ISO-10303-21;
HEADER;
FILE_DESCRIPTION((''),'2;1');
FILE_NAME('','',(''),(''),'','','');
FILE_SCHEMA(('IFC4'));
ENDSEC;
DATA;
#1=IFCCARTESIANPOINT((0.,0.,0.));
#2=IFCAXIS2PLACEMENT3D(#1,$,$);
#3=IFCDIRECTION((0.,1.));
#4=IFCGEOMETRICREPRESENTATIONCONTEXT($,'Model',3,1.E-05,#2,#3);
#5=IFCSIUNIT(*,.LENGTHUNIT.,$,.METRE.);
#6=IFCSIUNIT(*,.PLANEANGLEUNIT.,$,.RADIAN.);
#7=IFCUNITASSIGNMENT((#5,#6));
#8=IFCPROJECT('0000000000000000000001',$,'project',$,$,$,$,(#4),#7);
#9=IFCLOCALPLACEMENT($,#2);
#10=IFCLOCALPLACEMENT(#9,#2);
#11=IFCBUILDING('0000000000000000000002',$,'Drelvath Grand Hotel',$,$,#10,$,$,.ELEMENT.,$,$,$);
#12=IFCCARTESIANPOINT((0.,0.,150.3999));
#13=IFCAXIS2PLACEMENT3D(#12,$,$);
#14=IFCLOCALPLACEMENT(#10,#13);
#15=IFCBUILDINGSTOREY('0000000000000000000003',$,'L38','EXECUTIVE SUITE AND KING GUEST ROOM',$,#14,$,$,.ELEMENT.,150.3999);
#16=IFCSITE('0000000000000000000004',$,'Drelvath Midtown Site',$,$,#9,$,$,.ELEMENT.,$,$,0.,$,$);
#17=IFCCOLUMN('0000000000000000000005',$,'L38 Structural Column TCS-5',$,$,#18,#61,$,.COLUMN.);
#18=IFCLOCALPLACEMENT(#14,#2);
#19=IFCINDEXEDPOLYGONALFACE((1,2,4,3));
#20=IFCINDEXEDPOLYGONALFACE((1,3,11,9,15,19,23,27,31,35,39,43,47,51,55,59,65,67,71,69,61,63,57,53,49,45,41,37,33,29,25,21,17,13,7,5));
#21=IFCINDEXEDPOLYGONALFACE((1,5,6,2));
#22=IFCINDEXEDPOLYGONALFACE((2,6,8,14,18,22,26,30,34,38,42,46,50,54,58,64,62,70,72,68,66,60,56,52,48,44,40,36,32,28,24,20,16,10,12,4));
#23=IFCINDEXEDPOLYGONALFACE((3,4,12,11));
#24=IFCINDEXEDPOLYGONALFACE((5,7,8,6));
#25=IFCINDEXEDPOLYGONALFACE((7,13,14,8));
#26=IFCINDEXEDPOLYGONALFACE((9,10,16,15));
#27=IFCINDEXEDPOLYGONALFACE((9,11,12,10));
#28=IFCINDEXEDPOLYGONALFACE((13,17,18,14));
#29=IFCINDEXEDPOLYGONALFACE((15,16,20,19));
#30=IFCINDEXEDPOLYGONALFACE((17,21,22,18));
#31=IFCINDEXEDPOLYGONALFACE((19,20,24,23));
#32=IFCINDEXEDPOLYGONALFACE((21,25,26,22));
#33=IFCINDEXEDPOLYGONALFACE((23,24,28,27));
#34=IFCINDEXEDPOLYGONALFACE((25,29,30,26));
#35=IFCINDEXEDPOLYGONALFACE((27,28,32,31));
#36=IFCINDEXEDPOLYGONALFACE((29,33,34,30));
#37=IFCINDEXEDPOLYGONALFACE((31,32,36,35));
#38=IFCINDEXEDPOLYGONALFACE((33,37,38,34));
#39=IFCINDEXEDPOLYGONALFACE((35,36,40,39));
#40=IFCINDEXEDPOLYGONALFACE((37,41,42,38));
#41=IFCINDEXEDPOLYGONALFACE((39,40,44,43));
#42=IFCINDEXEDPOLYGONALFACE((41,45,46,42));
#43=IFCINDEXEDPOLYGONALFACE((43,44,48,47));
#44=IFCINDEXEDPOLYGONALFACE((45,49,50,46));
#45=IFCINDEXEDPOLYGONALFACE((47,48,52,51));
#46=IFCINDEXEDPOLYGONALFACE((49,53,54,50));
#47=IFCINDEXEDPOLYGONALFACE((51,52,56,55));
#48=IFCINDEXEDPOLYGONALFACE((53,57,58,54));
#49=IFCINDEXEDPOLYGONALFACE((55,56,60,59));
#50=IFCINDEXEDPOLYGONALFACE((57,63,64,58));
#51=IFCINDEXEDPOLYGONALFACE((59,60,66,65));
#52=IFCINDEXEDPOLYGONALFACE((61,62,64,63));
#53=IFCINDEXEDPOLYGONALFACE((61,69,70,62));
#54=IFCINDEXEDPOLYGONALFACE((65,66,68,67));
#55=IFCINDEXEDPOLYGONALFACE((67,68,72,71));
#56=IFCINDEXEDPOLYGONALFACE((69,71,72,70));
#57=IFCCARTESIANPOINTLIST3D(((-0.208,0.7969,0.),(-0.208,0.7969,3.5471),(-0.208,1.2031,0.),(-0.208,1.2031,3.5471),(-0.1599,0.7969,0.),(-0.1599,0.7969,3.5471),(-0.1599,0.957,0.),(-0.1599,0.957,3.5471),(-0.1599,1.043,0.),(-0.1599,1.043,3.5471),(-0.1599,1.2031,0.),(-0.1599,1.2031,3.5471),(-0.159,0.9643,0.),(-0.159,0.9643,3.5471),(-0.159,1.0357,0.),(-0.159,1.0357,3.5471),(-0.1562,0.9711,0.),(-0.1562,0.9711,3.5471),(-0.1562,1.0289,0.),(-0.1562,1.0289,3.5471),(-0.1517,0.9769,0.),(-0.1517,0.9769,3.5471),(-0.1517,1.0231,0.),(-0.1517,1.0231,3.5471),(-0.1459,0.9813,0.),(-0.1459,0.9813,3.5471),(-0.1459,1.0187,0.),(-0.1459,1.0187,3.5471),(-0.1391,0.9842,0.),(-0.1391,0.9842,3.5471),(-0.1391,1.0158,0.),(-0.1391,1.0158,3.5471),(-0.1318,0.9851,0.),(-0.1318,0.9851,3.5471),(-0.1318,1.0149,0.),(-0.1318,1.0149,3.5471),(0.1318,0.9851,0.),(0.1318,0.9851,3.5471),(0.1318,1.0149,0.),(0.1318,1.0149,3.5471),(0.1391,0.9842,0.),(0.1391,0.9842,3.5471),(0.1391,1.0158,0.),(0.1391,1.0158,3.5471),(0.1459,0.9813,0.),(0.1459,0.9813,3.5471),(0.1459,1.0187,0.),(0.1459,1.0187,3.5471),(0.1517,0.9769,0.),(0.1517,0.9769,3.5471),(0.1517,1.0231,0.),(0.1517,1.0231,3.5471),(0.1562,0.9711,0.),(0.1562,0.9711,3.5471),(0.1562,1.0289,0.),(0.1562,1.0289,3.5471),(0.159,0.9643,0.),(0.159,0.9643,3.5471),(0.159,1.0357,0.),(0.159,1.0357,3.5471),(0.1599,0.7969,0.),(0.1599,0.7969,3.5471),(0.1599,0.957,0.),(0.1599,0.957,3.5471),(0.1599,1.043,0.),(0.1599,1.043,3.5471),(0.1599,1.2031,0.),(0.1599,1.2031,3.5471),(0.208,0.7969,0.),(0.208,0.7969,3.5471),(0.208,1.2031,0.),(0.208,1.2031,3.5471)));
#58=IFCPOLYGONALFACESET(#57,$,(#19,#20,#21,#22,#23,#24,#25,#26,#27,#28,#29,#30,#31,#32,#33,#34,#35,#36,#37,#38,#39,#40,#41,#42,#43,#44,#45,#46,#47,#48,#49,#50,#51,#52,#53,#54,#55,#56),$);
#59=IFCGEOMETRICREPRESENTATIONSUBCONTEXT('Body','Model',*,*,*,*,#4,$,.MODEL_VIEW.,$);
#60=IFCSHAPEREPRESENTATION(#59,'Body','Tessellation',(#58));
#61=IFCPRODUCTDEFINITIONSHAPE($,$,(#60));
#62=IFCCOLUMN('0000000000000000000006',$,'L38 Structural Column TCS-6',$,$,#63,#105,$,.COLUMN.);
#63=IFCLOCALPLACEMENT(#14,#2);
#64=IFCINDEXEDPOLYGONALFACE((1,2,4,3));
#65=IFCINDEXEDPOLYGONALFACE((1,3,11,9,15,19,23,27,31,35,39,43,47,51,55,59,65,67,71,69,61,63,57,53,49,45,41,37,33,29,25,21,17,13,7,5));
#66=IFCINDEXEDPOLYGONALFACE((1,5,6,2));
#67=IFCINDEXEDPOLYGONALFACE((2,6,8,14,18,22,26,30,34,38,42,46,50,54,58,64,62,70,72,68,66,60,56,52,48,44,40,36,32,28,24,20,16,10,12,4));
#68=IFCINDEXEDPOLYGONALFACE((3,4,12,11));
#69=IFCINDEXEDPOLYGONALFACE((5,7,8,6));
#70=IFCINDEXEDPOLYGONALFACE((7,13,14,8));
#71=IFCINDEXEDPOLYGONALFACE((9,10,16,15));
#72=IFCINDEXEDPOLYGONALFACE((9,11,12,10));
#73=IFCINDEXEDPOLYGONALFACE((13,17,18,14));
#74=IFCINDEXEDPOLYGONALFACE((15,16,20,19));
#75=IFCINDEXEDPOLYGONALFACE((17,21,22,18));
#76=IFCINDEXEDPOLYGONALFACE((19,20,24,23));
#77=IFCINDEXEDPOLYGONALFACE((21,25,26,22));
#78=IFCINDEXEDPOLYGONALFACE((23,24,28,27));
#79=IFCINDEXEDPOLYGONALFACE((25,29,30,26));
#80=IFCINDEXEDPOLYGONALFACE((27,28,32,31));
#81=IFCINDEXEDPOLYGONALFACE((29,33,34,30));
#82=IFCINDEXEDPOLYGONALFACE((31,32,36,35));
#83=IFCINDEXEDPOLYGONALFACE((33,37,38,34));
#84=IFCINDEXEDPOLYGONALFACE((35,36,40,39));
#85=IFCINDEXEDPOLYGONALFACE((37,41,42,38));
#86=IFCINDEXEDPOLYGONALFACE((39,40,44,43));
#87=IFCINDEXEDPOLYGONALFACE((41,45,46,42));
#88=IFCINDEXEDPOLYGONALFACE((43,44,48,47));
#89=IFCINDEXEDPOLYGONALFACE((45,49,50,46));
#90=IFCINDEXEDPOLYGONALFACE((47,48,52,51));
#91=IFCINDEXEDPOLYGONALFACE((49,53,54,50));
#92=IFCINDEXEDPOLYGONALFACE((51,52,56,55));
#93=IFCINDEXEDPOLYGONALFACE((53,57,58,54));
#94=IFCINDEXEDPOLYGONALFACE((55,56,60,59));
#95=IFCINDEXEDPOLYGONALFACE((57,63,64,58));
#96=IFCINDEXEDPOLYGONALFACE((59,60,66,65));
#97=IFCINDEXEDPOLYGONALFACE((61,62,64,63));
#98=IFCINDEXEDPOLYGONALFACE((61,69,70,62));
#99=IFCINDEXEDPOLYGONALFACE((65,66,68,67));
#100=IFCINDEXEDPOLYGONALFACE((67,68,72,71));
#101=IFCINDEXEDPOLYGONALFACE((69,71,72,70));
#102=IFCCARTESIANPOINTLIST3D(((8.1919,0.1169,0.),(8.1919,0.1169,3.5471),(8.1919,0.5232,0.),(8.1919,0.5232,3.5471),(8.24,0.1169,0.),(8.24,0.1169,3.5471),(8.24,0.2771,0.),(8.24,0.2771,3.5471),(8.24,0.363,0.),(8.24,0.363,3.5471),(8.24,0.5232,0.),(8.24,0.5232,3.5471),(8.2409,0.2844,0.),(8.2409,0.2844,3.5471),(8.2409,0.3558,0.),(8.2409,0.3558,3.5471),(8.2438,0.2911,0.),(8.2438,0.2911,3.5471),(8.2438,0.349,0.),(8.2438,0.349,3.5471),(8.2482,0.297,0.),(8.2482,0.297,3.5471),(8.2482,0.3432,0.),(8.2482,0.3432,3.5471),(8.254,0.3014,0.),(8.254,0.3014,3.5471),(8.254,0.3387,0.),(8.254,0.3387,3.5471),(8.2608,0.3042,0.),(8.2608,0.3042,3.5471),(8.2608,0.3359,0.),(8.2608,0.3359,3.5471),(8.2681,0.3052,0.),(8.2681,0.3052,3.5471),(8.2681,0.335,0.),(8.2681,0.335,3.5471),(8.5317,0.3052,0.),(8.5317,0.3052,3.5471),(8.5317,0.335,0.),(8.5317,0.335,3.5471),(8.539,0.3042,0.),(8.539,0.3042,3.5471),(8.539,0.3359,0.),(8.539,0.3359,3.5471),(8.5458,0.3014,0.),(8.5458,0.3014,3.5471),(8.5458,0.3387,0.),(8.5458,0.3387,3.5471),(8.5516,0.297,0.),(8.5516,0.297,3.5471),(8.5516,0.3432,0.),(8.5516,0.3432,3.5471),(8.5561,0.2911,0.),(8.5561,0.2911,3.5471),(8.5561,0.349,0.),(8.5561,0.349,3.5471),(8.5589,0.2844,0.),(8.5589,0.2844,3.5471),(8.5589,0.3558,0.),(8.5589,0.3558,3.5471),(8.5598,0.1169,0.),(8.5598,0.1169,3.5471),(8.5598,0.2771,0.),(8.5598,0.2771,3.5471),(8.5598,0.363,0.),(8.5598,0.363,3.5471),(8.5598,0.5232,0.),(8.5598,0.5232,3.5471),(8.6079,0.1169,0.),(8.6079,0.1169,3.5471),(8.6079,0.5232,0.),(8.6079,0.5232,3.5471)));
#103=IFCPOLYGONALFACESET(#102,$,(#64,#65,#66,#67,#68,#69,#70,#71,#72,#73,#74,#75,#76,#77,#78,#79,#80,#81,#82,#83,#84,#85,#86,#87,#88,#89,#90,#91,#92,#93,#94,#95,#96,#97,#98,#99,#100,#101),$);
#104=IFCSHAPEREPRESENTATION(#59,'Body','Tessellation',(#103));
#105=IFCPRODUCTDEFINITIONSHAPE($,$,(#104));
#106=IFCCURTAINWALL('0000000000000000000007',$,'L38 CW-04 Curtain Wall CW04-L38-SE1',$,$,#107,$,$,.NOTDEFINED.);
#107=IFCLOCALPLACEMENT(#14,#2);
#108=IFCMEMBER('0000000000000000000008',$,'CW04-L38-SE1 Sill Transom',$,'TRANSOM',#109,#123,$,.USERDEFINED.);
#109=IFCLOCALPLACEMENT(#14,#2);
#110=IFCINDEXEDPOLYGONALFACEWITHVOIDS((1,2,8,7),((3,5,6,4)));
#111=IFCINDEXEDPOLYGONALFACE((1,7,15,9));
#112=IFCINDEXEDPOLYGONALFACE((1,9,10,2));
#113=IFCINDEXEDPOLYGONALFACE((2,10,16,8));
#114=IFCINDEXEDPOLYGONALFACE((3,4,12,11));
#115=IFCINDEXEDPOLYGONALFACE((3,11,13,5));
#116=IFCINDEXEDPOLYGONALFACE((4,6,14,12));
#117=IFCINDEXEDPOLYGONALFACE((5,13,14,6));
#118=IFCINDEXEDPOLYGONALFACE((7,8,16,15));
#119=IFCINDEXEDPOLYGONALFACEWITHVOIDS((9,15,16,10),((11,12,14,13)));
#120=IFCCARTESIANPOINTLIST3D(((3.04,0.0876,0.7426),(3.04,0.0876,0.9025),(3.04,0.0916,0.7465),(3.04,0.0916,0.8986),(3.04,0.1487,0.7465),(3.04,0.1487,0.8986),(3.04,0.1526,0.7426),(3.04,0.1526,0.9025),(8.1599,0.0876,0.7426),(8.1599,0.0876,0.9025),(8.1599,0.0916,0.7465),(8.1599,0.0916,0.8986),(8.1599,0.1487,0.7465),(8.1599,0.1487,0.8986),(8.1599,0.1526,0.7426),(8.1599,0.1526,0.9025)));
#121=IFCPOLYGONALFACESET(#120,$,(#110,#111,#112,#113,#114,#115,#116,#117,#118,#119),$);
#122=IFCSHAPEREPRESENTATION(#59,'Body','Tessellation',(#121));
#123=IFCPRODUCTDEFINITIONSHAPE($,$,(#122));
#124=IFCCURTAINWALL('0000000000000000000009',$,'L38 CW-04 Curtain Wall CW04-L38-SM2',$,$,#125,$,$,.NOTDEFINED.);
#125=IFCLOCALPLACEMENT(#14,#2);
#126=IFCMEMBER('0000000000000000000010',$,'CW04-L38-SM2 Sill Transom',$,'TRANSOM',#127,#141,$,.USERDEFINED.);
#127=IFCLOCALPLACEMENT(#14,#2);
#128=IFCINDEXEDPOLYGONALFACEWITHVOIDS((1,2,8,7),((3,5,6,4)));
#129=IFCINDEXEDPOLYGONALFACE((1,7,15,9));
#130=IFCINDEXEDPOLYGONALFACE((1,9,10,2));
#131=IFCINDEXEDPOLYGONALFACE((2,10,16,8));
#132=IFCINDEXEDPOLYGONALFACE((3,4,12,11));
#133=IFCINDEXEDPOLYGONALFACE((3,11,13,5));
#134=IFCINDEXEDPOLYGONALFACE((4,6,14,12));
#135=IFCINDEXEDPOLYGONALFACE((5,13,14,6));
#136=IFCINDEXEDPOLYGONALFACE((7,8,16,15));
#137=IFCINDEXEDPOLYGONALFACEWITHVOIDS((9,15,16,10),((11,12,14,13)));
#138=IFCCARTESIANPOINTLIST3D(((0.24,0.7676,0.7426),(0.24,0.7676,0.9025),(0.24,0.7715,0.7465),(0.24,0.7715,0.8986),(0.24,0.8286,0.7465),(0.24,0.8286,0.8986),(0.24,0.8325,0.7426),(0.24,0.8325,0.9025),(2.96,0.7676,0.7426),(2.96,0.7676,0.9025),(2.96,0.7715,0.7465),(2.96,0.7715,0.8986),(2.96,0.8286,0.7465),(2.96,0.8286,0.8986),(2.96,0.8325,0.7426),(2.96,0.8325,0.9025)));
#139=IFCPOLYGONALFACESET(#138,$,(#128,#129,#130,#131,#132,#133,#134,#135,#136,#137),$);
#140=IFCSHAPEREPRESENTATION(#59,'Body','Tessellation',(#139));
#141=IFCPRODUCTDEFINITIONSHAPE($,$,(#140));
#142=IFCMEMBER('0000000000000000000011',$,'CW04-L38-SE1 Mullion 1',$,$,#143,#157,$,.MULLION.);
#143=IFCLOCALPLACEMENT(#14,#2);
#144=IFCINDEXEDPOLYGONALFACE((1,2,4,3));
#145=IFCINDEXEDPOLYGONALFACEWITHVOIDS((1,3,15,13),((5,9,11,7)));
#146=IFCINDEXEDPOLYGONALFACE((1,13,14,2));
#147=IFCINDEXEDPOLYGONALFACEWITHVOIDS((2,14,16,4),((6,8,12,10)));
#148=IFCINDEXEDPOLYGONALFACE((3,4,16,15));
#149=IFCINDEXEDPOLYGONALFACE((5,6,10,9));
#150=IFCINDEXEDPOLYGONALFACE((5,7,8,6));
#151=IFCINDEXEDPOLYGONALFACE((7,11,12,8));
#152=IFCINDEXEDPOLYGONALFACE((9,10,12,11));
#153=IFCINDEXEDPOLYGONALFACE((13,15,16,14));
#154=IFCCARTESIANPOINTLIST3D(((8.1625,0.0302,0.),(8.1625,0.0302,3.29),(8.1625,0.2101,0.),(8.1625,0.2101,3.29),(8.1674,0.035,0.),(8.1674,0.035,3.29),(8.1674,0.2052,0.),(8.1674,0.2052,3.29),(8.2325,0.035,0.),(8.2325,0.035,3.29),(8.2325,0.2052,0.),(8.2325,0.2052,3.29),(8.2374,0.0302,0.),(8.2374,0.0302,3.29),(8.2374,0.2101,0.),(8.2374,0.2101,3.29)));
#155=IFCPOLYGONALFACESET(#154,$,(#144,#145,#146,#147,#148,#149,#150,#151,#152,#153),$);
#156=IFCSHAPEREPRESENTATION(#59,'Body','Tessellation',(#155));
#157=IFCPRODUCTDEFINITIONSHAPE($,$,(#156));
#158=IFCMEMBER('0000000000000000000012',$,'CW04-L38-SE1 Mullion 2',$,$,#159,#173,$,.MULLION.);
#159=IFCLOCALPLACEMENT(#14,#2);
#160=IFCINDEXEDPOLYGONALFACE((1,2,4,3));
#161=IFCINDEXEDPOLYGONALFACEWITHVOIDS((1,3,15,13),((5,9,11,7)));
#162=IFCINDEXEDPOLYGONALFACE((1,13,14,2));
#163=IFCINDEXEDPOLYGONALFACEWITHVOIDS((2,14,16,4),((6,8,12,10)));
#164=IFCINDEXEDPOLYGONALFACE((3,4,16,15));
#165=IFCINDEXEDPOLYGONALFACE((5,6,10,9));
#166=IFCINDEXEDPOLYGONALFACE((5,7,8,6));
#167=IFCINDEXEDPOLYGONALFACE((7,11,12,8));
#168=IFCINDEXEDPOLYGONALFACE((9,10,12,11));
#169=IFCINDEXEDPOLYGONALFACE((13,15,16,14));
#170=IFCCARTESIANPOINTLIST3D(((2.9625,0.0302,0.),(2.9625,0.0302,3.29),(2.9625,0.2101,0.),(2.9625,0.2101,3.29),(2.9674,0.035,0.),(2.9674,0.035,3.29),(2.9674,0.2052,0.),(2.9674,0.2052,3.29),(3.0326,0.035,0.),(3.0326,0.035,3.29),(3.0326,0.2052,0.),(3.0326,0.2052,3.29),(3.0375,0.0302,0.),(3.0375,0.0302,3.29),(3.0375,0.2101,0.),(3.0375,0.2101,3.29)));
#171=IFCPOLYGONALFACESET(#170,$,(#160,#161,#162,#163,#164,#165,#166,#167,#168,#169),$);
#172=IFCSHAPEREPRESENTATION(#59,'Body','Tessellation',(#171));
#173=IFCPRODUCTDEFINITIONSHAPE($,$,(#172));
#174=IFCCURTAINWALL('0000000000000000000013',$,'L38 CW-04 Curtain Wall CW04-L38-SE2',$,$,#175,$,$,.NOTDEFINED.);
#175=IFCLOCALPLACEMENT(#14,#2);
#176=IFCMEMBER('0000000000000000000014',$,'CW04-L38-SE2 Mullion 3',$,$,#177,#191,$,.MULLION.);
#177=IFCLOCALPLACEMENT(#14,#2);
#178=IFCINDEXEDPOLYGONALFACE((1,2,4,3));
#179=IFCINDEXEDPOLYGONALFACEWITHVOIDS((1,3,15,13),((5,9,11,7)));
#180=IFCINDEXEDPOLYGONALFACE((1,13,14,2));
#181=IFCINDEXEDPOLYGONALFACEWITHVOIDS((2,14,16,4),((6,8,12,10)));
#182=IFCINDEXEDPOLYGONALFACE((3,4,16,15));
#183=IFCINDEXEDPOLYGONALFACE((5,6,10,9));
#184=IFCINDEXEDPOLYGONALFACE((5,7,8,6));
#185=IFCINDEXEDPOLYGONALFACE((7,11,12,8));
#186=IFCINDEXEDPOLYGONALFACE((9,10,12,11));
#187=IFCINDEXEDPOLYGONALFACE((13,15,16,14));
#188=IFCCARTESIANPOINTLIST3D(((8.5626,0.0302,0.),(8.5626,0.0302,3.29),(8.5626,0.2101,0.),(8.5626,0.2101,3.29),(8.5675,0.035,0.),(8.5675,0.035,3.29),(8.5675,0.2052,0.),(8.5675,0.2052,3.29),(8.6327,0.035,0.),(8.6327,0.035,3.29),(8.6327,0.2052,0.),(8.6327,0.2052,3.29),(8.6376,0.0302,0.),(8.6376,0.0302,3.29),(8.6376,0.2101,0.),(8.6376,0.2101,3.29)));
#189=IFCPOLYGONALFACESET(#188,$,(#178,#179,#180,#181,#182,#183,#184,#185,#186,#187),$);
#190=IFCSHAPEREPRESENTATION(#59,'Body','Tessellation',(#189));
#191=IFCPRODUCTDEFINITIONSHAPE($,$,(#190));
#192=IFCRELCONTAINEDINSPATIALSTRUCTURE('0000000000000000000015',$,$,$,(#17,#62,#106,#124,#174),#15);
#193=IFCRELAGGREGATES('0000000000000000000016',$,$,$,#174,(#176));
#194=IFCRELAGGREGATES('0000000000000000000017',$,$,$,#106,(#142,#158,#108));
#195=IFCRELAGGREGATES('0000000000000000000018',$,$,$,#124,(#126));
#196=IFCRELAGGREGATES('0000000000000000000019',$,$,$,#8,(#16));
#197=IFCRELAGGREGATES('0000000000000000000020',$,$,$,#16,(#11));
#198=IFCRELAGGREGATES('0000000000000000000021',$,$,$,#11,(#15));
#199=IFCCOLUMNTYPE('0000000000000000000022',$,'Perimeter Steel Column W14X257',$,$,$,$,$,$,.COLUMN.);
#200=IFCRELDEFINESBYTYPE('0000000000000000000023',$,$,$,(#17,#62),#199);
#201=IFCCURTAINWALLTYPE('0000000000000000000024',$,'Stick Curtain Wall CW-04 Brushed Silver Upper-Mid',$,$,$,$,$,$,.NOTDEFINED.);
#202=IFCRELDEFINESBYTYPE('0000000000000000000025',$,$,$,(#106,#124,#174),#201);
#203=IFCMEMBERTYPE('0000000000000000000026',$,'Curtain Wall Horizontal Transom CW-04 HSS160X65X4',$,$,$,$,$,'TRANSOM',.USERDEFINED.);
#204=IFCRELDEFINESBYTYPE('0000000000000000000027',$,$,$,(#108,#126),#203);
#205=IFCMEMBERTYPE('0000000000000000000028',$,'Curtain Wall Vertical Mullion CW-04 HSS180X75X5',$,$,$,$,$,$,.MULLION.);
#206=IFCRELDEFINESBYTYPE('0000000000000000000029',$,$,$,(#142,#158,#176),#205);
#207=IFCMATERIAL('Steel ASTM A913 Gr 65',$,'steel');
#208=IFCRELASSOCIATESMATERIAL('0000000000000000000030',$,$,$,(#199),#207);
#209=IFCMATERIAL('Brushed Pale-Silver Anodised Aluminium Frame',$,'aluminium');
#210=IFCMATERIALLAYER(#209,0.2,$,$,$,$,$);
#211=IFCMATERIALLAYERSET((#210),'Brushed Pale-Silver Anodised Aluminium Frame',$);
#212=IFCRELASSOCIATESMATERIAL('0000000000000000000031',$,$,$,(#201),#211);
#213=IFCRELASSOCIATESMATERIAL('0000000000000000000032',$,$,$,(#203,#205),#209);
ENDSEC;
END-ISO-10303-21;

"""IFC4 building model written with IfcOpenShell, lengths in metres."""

from ifc_helpers import new_model, si_unit, direction, frame, origin, origin_2d, place, context, subcontext, project, spatial, hollow_rectangle, i_section, extrude, material, layer, layer_set, material_profile, profile_set, type_object, element, aggregate, save


model = new_model("IFC4")

# Units and contexts
model_context = context("Model", 3, precision=1e-05, world=origin(), true_north=direction((0.0, 1.0)))
body_context = subcontext(model_context, "Body", "Model", "MODEL_VIEW")
ifc_project = project(units=[si_unit("LENGTHUNIT", "METRE"), si_unit("PLANEANGLEUNIT", "RADIAN")], contexts=[model_context])

# Site, building, storey
site_placement = place(None, origin())
site = spatial("IfcSite", under=ifc_project, at=site_placement, Name="Drelvath Midtown Site", CompositionType="ELEMENT", RefElevation=0.0)
building_placement = place(site_placement, origin())
building = spatial("IfcBuilding", under=site, at=building_placement, Name="Drelvath Grand Hotel", CompositionType="ELEMENT")
storey_placement = place(building_placement, frame((0.0, 0.0, 150.3999)))
storey = spatial("IfcBuildingStorey", under=building, at=storey_placement, Name="L38", Description="EXECUTIVE SUITE AND KING GUEST ROOM", CompositionType="ELEMENT", Elevation=150.3999)

# Columns
ifc_material_1 = material(Name="Steel ASTM A913 Gr 65", Category="steel")
ifc_material_profile_1 = material_profile(ifc_material_1, i_section(OverallWidth=0.4062, OverallDepth=0.416, WebThickness=0.0298, FlangeThickness=0.0481, FilletRadius=0.0281, at=origin_2d()), Name="W14X257")
ifc_profile_set_1 = profile_set([ifc_material_profile_1], Name="Steel ASTM A913 Gr 65")
column_type = type_object("IfcColumnType", Name="Perimeter Steel Column W14X257", PredefinedType="COLUMN", material=ifc_profile_set_1)
for number, where, z_axis, x_axis, name in (
    (1, (0.0, 1.0, 0.0), (0.0, 0.0, 1.0), (0.0, 1.0, 0.0), "L38 Structural Column TCS-5"),
    (2, (8.3999, 0.3201, 0.0), (0.0, 0.0, 1.0), (0.0, 1.0, 0.0), "L38 Structural Column TCS-6"),
):
    element("IfcColumn", number, at=place(storey_placement, frame(where, z_axis=z_axis, x_axis=x_axis)), inside=storey, type_object=column_type, Name=name, PredefinedType="COLUMN", context=body_context, shape_type="SweptSolid", body=[
        extrude(i_section(OverallWidth=0.4062, OverallDepth=0.416, WebThickness=0.0298, FlangeThickness=0.0481, FilletRadius=0.0281, at=origin_2d()), origin(), (0.0, 0.0, 1.0), 3.5471),
    ])

# Curtain walls, members
ifc_material_2 = material(Name="Brushed Pale-Silver Anodised Aluminium Frame", Category="aluminium")
ifc_layer_1 = layer(ifc_material_2, 0.2)
ifc_layer_set_1 = layer_set([ifc_layer_1], Name="Brushed Pale-Silver Anodised Aluminium Frame")
curtain_wall_type = type_object("IfcCurtainWallType", Name="Stick Curtain Wall CW-04 Brushed Silver Upper-Mid", PredefinedType="NOTDEFINED", material=ifc_layer_set_1)
curtain_wall_1_placement = place(storey_placement, origin())
curtain_wall_1 = element("IfcCurtainWall", 3, at=curtain_wall_1_placement, inside=storey, type_object=curtain_wall_type, Name="L38 CW-04 Curtain Wall CW04-L38-SE1", PredefinedType="NOTDEFINED")
ifc_material_profile_2 = material_profile(ifc_material_2, hollow_rectangle(XDim=0.0649, YDim=0.1599, WallThickness=0.0039, at=origin_2d()), Name="HSS160X65X4")
ifc_profile_set_2 = profile_set([ifc_material_profile_2], Name="Brushed Pale-Silver Anodised Aluminium Frame")
member_type_1 = type_object("IfcMemberType", Name="Curtain Wall Horizontal Transom CW-04 HSS160X65X4", ElementType="TRANSOM", PredefinedType="USERDEFINED", material=ifc_profile_set_2)
member_1_placement = place(storey_placement, frame((8.1599, 0.1201, 0.8225), z_axis=(-1.0, 0.0, 0.0), x_axis=(0.0, -1.0, 0.0)))
member_1 = element("IfcMember", 4, at=member_1_placement, type_object=member_type_1, Name="CW04-L38-SE1 Sill Transom", ObjectType="TRANSOM", PredefinedType="USERDEFINED", context=body_context, shape_type="SweptSolid", body=[
    extrude(hollow_rectangle(XDim=0.0649, YDim=0.1599, WallThickness=0.0039, at=origin_2d()), origin(), (0.0, 0.0, 1.0), 5.1199),
])
curtain_wall_2_placement = place(storey_placement, origin())
curtain_wall_2 = element("IfcCurtainWall", 5, at=curtain_wall_2_placement, inside=storey, type_object=curtain_wall_type, Name="L38 CW-04 Curtain Wall CW04-L38-SM2", PredefinedType="NOTDEFINED")
member_2_placement = place(storey_placement, frame((2.96, 0.8, 0.8225), z_axis=(-1.0, 0.0, 0.0), x_axis=(0.0, -1.0, 0.0)))
member_2 = element("IfcMember", 6, at=member_2_placement, type_object=member_type_1, Name="CW04-L38-SM2 Sill Transom", ObjectType="TRANSOM", PredefinedType="USERDEFINED", context=body_context, shape_type="SweptSolid", body=[
    extrude(hollow_rectangle(XDim=0.0649, YDim=0.1599, WallThickness=0.0039, at=origin_2d()), origin(), (0.0, 0.0, 1.0), 2.72),
])

# Members
ifc_material_profile_3 = material_profile(ifc_material_2, hollow_rectangle(XDim=0.075, YDim=0.1799, WallThickness=0.0049, at=origin_2d()), Name="HSS180X75X5")
ifc_profile_set_3 = profile_set([ifc_material_profile_3], Name="Brushed Pale-Silver Anodised Aluminium Frame")
member_type_2 = type_object("IfcMemberType", Name="Curtain Wall Vertical Mullion CW-04 HSS180X75X5", PredefinedType="MULLION", material=ifc_profile_set_3)
member_3_placement = place(storey_placement, frame((8.2, 0.1201, 0.0), z_axis=(0.0, 0.0, 1.0), x_axis=(1.0, 0.0, 0.0)))
member_3 = element("IfcMember", 7, at=member_3_placement, type_object=member_type_2, Name="CW04-L38-SE1 Mullion 1", PredefinedType="MULLION", context=body_context, shape_type="SweptSolid", body=[
    extrude(hollow_rectangle(XDim=0.075, YDim=0.1799, WallThickness=0.0049, at=origin_2d()), origin(), (0.0, 0.0, 1.0), 3.29),
])
member_4_placement = place(storey_placement, frame((3.0, 0.1201, 0.0), z_axis=(0.0, 0.0, 1.0), x_axis=(1.0, 0.0, 0.0)))
member_4 = element("IfcMember", 8, at=member_4_placement, type_object=member_type_2, Name="CW04-L38-SE1 Mullion 2", PredefinedType="MULLION", context=body_context, shape_type="SweptSolid", body=[
    extrude(hollow_rectangle(XDim=0.075, YDim=0.1799, WallThickness=0.0049, at=origin_2d()), origin(), (0.0, 0.0, 1.0), 3.29),
])

# Curtain wall, member
curtain_wall_3_placement = place(storey_placement, origin())
curtain_wall_3 = element("IfcCurtainWall", 9, at=curtain_wall_3_placement, inside=storey, type_object=curtain_wall_type, Name="L38 CW-04 Curtain Wall CW04-L38-SE2", PredefinedType="NOTDEFINED")
member_5_placement = place(storey_placement, frame((8.6001, 0.1201, 0.0), z_axis=(0.0, 0.0, 1.0), x_axis=(1.0, 0.0, 0.0)))
member_5 = element("IfcMember", 10, at=member_5_placement, type_object=member_type_2, Name="CW04-L38-SE2 Mullion 3", PredefinedType="MULLION", context=body_context, shape_type="SweptSolid", body=[
    extrude(hollow_rectangle(XDim=0.075, YDim=0.1799, WallThickness=0.0049, at=origin_2d()), origin(), (0.0, 0.0, 1.0), 3.29),
])
aggregate(curtain_wall_3, [member_5])

aggregate(curtain_wall_1, [member_3, member_4, member_1])
aggregate(curtain_wall_2, [member_2])

save(model, "model.ifc")
